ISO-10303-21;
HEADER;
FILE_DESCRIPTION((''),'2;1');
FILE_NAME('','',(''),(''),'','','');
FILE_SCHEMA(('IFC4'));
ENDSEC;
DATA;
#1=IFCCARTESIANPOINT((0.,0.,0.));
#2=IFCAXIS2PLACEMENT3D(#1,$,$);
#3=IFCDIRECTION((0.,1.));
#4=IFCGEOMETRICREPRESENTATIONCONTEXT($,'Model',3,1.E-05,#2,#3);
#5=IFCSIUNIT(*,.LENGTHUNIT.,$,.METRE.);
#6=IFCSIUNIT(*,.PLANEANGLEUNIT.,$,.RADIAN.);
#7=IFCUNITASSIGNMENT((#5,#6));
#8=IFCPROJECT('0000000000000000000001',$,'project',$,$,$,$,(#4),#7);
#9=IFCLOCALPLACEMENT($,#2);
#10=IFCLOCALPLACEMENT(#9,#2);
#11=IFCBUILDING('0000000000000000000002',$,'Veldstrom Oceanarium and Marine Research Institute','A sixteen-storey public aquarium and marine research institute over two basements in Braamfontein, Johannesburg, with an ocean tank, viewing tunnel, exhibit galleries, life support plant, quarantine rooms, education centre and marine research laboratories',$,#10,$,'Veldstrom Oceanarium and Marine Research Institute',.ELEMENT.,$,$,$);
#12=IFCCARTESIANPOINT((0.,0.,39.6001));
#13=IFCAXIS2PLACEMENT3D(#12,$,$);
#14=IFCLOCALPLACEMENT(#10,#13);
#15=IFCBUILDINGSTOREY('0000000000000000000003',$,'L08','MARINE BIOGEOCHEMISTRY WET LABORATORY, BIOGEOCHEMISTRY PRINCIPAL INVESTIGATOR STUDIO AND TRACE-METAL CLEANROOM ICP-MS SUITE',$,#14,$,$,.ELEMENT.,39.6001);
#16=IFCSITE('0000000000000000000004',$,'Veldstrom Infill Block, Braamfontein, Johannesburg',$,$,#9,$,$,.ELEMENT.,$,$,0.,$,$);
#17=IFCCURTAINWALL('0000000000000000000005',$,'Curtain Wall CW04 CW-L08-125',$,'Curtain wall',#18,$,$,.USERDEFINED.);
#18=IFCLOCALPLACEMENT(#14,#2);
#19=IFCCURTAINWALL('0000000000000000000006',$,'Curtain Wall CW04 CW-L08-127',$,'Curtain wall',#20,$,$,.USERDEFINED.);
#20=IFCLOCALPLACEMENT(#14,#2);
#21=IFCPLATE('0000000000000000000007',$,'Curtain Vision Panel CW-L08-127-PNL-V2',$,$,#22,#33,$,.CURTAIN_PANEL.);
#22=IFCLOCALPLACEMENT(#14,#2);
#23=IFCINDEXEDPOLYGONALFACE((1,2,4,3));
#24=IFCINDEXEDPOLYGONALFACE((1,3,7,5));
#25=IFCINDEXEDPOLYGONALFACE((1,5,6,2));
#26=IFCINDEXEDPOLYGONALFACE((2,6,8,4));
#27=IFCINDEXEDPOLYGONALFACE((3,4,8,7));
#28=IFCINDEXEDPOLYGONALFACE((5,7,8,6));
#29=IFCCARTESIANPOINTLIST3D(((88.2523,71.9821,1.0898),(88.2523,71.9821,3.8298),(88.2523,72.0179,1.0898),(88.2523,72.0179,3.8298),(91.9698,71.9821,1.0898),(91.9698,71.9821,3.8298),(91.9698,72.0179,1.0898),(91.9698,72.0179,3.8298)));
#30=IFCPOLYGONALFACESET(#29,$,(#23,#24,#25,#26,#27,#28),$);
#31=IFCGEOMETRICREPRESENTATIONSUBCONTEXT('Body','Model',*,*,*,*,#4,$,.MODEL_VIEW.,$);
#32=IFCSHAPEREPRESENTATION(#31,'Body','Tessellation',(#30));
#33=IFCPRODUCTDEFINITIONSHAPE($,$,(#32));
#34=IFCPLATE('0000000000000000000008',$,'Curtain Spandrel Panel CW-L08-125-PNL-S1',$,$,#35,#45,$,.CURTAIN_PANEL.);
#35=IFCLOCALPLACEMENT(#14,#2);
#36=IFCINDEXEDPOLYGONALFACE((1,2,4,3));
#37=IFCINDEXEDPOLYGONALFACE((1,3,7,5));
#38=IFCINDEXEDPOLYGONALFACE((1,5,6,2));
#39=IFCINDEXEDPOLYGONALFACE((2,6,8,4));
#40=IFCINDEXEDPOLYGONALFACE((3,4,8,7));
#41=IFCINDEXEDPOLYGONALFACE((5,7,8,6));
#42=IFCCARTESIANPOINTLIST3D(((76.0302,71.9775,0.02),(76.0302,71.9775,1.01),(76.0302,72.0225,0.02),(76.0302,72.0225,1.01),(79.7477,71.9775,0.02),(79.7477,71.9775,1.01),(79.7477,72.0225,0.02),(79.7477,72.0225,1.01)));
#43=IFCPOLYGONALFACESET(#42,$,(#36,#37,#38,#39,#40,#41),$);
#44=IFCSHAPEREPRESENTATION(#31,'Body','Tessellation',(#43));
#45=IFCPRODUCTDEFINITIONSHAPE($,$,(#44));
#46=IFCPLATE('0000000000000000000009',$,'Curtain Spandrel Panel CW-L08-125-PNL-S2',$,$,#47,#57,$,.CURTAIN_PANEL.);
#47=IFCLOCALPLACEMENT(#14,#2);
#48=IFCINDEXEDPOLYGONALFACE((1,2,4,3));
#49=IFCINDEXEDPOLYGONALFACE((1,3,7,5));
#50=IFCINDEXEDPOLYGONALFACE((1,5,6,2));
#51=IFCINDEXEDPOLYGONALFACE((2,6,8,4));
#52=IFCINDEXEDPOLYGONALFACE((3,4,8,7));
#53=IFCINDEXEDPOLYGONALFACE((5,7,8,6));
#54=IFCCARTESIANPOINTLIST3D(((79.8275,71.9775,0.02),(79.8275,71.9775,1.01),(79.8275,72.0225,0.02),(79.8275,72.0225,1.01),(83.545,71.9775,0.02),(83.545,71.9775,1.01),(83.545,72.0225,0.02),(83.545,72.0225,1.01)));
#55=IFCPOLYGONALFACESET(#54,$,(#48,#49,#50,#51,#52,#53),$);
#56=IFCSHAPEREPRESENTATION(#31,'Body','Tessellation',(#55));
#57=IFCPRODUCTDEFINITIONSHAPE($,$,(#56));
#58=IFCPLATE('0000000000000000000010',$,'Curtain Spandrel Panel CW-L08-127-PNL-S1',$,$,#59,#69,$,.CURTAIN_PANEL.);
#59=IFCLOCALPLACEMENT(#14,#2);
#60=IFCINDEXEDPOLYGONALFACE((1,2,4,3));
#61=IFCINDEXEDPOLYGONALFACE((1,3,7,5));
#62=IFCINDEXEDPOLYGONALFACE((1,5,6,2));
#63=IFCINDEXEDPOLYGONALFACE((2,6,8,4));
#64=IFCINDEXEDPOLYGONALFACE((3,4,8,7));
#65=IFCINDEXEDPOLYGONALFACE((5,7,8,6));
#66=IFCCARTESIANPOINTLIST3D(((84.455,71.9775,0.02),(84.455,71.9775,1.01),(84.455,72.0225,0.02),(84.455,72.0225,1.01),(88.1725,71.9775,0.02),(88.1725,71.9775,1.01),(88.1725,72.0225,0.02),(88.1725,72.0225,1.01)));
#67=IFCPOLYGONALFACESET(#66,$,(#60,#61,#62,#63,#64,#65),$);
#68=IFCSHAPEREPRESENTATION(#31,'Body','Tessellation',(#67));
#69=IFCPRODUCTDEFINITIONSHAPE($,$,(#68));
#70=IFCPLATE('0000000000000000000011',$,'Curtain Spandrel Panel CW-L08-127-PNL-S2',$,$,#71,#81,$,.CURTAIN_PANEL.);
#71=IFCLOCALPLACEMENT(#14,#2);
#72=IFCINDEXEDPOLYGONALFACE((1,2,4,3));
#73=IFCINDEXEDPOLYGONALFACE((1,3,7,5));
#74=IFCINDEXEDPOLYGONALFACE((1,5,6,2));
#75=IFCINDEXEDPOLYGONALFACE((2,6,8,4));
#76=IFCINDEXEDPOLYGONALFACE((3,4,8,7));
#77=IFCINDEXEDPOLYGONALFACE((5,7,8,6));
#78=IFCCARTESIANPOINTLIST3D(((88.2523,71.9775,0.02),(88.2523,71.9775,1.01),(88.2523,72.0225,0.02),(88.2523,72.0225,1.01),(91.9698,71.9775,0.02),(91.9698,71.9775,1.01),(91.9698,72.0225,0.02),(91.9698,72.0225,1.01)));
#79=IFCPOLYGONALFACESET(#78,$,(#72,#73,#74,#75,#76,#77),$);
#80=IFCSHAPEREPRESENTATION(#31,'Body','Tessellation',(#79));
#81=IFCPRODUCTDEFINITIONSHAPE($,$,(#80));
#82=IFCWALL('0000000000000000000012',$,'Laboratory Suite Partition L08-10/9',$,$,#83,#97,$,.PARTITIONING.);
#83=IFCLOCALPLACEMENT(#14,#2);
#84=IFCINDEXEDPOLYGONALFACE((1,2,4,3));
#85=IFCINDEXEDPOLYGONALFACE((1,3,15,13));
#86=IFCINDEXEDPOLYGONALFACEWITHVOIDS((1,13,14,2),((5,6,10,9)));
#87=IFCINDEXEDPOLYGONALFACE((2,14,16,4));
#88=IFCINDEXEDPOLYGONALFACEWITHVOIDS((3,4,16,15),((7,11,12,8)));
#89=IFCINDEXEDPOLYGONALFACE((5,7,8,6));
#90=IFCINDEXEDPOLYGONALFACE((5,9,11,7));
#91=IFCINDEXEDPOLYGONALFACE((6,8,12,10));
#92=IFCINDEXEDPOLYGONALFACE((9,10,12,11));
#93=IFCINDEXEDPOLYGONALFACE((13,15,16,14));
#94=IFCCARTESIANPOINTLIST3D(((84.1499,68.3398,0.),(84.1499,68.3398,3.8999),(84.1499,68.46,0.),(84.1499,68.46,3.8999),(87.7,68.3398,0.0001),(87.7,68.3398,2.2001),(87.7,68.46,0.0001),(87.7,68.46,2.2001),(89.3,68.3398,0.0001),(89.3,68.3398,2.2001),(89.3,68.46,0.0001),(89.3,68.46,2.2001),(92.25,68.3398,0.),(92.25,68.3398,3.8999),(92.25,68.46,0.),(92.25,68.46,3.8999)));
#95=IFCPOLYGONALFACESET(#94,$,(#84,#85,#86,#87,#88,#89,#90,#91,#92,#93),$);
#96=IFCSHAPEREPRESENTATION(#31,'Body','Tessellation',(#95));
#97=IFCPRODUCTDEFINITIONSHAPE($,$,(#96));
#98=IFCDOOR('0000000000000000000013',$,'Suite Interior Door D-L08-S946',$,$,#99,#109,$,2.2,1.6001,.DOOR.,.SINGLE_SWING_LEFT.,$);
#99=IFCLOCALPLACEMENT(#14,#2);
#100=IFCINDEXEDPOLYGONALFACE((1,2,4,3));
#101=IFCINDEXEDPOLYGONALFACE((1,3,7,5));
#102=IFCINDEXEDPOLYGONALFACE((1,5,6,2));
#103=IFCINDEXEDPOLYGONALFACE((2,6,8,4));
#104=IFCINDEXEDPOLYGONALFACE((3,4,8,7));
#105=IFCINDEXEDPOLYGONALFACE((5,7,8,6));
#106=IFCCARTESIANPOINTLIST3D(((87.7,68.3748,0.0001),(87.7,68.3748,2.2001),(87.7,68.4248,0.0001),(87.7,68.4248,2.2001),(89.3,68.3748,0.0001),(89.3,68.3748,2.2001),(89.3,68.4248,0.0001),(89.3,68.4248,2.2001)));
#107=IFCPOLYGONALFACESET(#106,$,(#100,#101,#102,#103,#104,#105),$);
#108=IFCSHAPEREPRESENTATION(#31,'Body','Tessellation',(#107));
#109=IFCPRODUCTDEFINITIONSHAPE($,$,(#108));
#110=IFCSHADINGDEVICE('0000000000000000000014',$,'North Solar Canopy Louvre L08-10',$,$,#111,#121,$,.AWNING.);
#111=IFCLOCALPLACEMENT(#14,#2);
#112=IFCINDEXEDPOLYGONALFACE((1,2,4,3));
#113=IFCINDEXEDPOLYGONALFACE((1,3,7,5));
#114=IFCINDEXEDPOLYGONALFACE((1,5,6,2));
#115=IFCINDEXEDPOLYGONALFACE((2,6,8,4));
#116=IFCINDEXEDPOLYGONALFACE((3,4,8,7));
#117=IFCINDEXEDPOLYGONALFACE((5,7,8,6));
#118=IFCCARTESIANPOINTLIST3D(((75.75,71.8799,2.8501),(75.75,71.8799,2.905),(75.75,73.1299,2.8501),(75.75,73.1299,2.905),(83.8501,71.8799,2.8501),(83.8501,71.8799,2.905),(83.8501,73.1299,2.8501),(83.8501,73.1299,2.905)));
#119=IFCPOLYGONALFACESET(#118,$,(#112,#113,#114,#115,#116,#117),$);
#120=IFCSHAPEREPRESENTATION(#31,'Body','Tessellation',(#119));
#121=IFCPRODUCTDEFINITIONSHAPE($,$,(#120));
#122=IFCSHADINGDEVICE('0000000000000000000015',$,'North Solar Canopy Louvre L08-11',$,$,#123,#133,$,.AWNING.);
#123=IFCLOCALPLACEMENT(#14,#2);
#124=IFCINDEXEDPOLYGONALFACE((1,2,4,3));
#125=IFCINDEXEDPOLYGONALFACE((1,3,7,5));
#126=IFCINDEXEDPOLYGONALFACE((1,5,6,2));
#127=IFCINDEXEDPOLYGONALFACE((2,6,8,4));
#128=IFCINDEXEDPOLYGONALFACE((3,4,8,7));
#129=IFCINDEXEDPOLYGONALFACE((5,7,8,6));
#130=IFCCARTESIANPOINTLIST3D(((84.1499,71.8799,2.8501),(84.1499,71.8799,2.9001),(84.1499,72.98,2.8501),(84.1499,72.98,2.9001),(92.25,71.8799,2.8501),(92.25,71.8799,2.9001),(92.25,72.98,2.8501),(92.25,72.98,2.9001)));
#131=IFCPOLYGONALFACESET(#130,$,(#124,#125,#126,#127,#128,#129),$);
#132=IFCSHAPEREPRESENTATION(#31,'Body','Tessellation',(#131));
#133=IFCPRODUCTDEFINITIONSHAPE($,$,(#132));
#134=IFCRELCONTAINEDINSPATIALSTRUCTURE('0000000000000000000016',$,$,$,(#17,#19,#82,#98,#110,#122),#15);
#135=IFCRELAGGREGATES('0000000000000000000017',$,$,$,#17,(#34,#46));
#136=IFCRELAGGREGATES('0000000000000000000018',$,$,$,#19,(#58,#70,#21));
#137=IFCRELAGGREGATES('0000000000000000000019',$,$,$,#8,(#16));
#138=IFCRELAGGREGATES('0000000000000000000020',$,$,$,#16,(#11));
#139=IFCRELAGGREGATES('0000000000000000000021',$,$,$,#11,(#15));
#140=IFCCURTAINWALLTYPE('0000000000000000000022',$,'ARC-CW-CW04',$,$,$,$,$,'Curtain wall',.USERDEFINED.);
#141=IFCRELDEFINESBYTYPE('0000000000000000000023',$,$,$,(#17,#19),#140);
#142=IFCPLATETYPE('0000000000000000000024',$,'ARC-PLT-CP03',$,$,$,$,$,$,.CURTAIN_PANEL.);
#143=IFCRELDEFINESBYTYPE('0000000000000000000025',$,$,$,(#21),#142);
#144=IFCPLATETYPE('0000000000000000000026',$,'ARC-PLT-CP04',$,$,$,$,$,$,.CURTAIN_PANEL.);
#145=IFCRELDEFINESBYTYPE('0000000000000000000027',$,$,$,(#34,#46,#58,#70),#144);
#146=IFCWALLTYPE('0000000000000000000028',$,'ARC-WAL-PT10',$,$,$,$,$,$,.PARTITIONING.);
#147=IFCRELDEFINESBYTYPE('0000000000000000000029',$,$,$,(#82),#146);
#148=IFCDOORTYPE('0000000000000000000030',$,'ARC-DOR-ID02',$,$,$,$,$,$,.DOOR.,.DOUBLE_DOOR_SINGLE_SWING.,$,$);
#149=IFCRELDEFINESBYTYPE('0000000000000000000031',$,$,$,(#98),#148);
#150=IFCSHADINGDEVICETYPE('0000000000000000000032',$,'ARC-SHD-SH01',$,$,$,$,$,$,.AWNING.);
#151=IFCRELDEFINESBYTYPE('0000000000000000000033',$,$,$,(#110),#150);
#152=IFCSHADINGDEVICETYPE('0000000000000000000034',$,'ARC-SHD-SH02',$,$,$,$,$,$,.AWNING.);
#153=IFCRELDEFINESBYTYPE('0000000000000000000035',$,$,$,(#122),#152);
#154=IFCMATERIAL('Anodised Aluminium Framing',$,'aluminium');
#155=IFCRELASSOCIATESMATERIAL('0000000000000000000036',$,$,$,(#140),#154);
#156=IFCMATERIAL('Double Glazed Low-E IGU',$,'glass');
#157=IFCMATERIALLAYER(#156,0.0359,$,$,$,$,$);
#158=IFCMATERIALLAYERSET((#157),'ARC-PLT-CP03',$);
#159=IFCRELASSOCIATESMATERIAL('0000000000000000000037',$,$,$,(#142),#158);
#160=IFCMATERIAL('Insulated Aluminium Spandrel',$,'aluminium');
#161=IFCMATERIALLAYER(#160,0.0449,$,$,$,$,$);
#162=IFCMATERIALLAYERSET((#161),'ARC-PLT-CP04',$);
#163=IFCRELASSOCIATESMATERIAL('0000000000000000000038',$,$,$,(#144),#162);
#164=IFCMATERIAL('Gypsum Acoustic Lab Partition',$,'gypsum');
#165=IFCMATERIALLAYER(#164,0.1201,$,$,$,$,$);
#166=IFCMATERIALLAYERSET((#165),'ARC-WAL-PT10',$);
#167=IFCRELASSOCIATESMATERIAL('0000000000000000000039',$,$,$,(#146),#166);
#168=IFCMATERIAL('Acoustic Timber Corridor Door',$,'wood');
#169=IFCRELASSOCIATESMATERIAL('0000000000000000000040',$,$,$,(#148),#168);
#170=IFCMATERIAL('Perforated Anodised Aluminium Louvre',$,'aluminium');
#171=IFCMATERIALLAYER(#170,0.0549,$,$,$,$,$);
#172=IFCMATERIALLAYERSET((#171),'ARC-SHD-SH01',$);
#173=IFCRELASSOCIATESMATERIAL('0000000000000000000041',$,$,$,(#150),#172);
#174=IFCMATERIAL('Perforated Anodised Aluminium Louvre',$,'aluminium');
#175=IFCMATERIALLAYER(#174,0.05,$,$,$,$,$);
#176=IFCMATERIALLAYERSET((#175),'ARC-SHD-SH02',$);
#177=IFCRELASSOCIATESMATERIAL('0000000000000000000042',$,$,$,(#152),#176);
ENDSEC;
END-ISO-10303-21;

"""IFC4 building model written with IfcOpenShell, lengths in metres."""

from ifc_helpers import new_model, si_unit, direction, frame, frame_2d, origin, origin_2d, place, context, subcontext, project, spatial, rectangle, extrude, material, layer, layer_set, type_object, element, fill, aggregate, save


model = new_model("IFC4")

# Units and contexts
model_context = context("Model", 3, precision=1e-05, world=origin(), true_north=direction((0.0, 1.0)))
body_context = subcontext(model_context, "Body", "Model", "MODEL_VIEW")
ifc_project = project(units=[si_unit("LENGTHUNIT", "METRE"), si_unit("PLANEANGLEUNIT", "RADIAN")], contexts=[model_context])

# Site, building, storey
site_placement = place(None, origin())
site = spatial("IfcSite", under=ifc_project, at=site_placement, Name="Veldstrom Infill Block, Braamfontein, Johannesburg", CompositionType="ELEMENT", RefElevation=0.0)
building_placement = place(site_placement, origin())
building = spatial("IfcBuilding", under=site, at=building_placement, Name="Veldstrom Oceanarium and Marine Research Institute", Description="A sixteen-storey public aquarium and marine research institute over two basements in Braamfontein, Johannesburg, with an ocean tank, viewing tunnel, exhibit galleries, life support plant, quarantine rooms, education centre and marine research laboratories", LongName="Veldstrom Oceanarium and Marine Research Institute", CompositionType="ELEMENT")
storey_placement = place(building_placement, frame((0.0, 0.0, 39.6001)))
storey = spatial("IfcBuildingStorey", under=building, at=storey_placement, Name="L08", Description="MARINE BIOGEOCHEMISTRY WET LABORATORY, BIOGEOCHEMISTRY PRINCIPAL INVESTIGATOR STUDIO AND TRACE-METAL CLEANROOM ICP-MS SUITE", CompositionType="ELEMENT", Elevation=39.6001)

# Curtain walls
ifc_material_1 = material(Name="Anodised Aluminium Framing", Category="aluminium")
curtain_wall_type = type_object("IfcCurtainWallType", Name="ARC-CW-CW04", ElementType="Curtain wall", PredefinedType="USERDEFINED", material=ifc_material_1)
curtain_wall_1_placement = place(storey_placement, origin())
curtain_wall_1 = element("IfcCurtainWall", 1, at=curtain_wall_1_placement, inside=storey, type_object=curtain_wall_type, Name="Curtain Wall CW04 CW-L08-125", ObjectType="Curtain wall", PredefinedType="USERDEFINED")
curtain_wall_2_placement = place(storey_placement, origin())
curtain_wall_2 = element("IfcCurtainWall", 2, at=curtain_wall_2_placement, inside=storey, type_object=curtain_wall_type, Name="Curtain Wall CW04 CW-L08-127", ObjectType="Curtain wall", PredefinedType="USERDEFINED")

# Plates
ifc_material_2 = material(Name="Double Glazed Low-E IGU", Category="glass")
ifc_layer_1 = layer(ifc_material_2, 0.0359)
ifc_layer_set_1 = layer_set([ifc_layer_1], Name="ARC-PLT-CP03")
plate_type_1 = type_object("IfcPlateType", Name="ARC-PLT-CP03", PredefinedType="CURTAIN_PANEL", material=ifc_layer_set_1)
plate_1_placement = place(storey_placement, frame((90.1111, 72.0, 1.0898), z_axis=(0.0, 0.0, 1.0), x_axis=(1.0, 0.0, 0.0)))
plate_1 = element("IfcPlate", 3, at=plate_1_placement, type_object=plate_type_1, Name="Curtain Vision Panel CW-L08-127-PNL-V2", PredefinedType="CURTAIN_PANEL", context=body_context, shape_type="SweptSolid", body=[
    extrude(rectangle(XDim=3.7175, YDim=0.0359, at=origin_2d()), origin(), (0.0, 0.0, 1.0), 2.74),
])
ifc_material_3 = material(Name="Insulated Aluminium Spandrel", Category="aluminium")
ifc_layer_2 = layer(ifc_material_3, 0.0449)
ifc_layer_set_2 = layer_set([ifc_layer_2], Name="ARC-PLT-CP04")
plate_type_2 = type_object("IfcPlateType", Name="ARC-PLT-CP04", PredefinedType="CURTAIN_PANEL", material=ifc_layer_set_2)
plate_2_placement = place(storey_placement, frame((77.8889, 72.0, 0.02), z_axis=(0.0, 0.0, 1.0), x_axis=(1.0, 0.0, 0.0)))
plate_2 = element("IfcPlate", 4, at=plate_2_placement, type_object=plate_type_2, Name="Curtain Spandrel Panel CW-L08-125-PNL-S1", PredefinedType="CURTAIN_PANEL", context=body_context, shape_type="SweptSolid", body=[
    extrude(rectangle(XDim=3.7175, YDim=0.0449, at=origin_2d()), origin(), (0.0, 0.0, 1.0), 0.99),
])
plate_3_placement = place(storey_placement, frame((81.6863, 72.0, 0.02), z_axis=(0.0, 0.0, 1.0), x_axis=(1.0, 0.0, 0.0)))
plate_3 = element("IfcPlate", 5, at=plate_3_placement, type_object=plate_type_2, Name="Curtain Spandrel Panel CW-L08-125-PNL-S2", PredefinedType="CURTAIN_PANEL", context=body_context, shape_type="SweptSolid", body=[
    extrude(rectangle(XDim=3.7175, YDim=0.0449, at=origin_2d()), origin(), (0.0, 0.0, 1.0), 0.99),
])
aggregate(curtain_wall_1, [plate_2, plate_3])
plate_4_placement = place(storey_placement, frame((86.3137, 72.0, 0.02), z_axis=(0.0, 0.0, 1.0), x_axis=(1.0, 0.0, 0.0)))
plate_4 = element("IfcPlate", 6, at=plate_4_placement, type_object=plate_type_2, Name="Curtain Spandrel Panel CW-L08-127-PNL-S1", PredefinedType="CURTAIN_PANEL", context=body_context, shape_type="SweptSolid", body=[
    extrude(rectangle(XDim=3.7175, YDim=0.0449, at=origin_2d()), origin(), (0.0, 0.0, 1.0), 0.99),
])
plate_5_placement = place(storey_placement, frame((90.1111, 72.0, 0.02), z_axis=(0.0, 0.0, 1.0), x_axis=(1.0, 0.0, 0.0)))
plate_5 = element("IfcPlate", 7, at=plate_5_placement, type_object=plate_type_2, Name="Curtain Spandrel Panel CW-L08-127-PNL-S2", PredefinedType="CURTAIN_PANEL", context=body_context, shape_type="SweptSolid", body=[
    extrude(rectangle(XDim=3.7175, YDim=0.0449, at=origin_2d()), origin(), (0.0, 0.0, 1.0), 0.99),
])
aggregate(curtain_wall_2, [plate_4, plate_5, plate_1])

# Wall, opening, door
ifc_material_4 = material(Name="Gypsum Acoustic Lab Partition", Category="gypsum")
ifc_layer_3 = layer(ifc_material_4, 0.1201)
ifc_layer_set_3 = layer_set([ifc_layer_3], Name="ARC-WAL-PT10")
wall_type = type_object("IfcWallType", Name="ARC-WAL-PT10", PredefinedType="PARTITIONING", material=ifc_layer_set_3)
wall_placement = place(storey_placement, frame((84.1499, 68.3999, 0.0), z_axis=(0.0, 0.0, 1.0), x_axis=(1.0, 0.0, 0.0)))
wall = element("IfcWall", 8, at=wall_placement, inside=storey, type_object=wall_type, Name="Laboratory Suite Partition L08-10/9", PredefinedType="PARTITIONING", context=body_context, shape_type="SweptSolid", body=[
    extrude(rectangle(XDim=8.1001, YDim=0.1201, at=frame_2d((4.05, 0.0))), origin(), (0.0, 0.0, 1.0), 3.8999),
])
opening_placement = place(wall_placement, frame((3.55, 0.0, 0.0)))
opening = element("IfcOpeningElement", 9, at=opening_placement, cuts=wall, PredefinedType="OPENING", context=body_context, shape_type="SweptSolid", body=[
    extrude(rectangle(XDim=1.6001, YDim=2.2, at=frame_2d((0.8, 1.1001))), frame((0.0, 0.0701, 0.0), z_axis=(0.0, -1.0, 0.0), x_axis=(1.0, 0.0, 0.0)), (0.0, 0.0, 1.0), 0.1401),
])
ifc_material_5 = material(Name="Acoustic Timber Corridor Door", Category="wood")
door_type = type_object("IfcDoorType", Name="ARC-DOR-ID02", OperationType="DOUBLE_DOOR_SINGLE_SWING", PredefinedType="DOOR", material=ifc_material_5)
door_placement = place(opening_placement, origin())
door = element("IfcDoor", 10, at=door_placement, inside=storey, type_object=door_type, Name="Suite Interior Door D-L08-S946", OperationType="SINGLE_SWING_LEFT", OverallHeight=2.2, OverallWidth=1.6001, PredefinedType="DOOR", context=body_context, shape_type="SweptSolid", body=[
    extrude(rectangle(XDim=1.6001, YDim=2.2, at=frame_2d((0.8, 1.1001))), frame((0.0, 0.0249, 0.0), z_axis=(0.0, -1.0, 0.0), x_axis=(1.0, 0.0, 0.0)), (0.0, 0.0, 1.0), 0.05),
])
fill(opening, door)

# Shading devices
ifc_material_6 = material(Name="Perforated Anodised Aluminium Louvre", Category="aluminium")
ifc_layer_4 = layer(ifc_material_6, 0.0549)
ifc_layer_set_4 = layer_set([ifc_layer_4], Name="ARC-SHD-SH01")
shading_device_type_1 = type_object("IfcShadingDeviceType", Name="ARC-SHD-SH01", PredefinedType="AWNING", material=ifc_layer_set_4)
shading_device_1_placement = place(storey_placement, frame((79.8, 72.5049, 2.8501), z_axis=(0.0, 0.0, 1.0), x_axis=(1.0, 0.0, 0.0)))
element("IfcShadingDevice", 11, at=shading_device_1_placement, inside=storey, type_object=shading_device_type_1, Name="North Solar Canopy Louvre L08-10", PredefinedType="AWNING", context=body_context, shape_type="SweptSolid", body=[
    extrude(rectangle(XDim=8.1001, YDim=1.25, at=origin_2d()), origin(), (0.0, 0.0, 1.0), 0.0549),
])
ifc_material_7 = material(Name="Perforated Anodised Aluminium Louvre", Category="aluminium")
ifc_layer_5 = layer(ifc_material_7, 0.05)
ifc_layer_set_5 = layer_set([ifc_layer_5], Name="ARC-SHD-SH02")
shading_device_type_2 = type_object("IfcShadingDeviceType", Name="ARC-SHD-SH02", PredefinedType="AWNING", material=ifc_layer_set_5)
shading_device_2_placement = place(storey_placement, frame((88.2, 72.4299, 2.8501), z_axis=(0.0, 0.0, 1.0), x_axis=(1.0, 0.0, 0.0)))
element("IfcShadingDevice", 12, at=shading_device_2_placement, inside=storey, type_object=shading_device_type_2, Name="North Solar Canopy Louvre L08-11", PredefinedType="AWNING", context=body_context, shape_type="SweptSolid", body=[
    extrude(rectangle(XDim=8.1001, YDim=1.1001, at=origin_2d()), origin(), (0.0, 0.0, 1.0), 0.05),
])

save(model, "model.ifc")
